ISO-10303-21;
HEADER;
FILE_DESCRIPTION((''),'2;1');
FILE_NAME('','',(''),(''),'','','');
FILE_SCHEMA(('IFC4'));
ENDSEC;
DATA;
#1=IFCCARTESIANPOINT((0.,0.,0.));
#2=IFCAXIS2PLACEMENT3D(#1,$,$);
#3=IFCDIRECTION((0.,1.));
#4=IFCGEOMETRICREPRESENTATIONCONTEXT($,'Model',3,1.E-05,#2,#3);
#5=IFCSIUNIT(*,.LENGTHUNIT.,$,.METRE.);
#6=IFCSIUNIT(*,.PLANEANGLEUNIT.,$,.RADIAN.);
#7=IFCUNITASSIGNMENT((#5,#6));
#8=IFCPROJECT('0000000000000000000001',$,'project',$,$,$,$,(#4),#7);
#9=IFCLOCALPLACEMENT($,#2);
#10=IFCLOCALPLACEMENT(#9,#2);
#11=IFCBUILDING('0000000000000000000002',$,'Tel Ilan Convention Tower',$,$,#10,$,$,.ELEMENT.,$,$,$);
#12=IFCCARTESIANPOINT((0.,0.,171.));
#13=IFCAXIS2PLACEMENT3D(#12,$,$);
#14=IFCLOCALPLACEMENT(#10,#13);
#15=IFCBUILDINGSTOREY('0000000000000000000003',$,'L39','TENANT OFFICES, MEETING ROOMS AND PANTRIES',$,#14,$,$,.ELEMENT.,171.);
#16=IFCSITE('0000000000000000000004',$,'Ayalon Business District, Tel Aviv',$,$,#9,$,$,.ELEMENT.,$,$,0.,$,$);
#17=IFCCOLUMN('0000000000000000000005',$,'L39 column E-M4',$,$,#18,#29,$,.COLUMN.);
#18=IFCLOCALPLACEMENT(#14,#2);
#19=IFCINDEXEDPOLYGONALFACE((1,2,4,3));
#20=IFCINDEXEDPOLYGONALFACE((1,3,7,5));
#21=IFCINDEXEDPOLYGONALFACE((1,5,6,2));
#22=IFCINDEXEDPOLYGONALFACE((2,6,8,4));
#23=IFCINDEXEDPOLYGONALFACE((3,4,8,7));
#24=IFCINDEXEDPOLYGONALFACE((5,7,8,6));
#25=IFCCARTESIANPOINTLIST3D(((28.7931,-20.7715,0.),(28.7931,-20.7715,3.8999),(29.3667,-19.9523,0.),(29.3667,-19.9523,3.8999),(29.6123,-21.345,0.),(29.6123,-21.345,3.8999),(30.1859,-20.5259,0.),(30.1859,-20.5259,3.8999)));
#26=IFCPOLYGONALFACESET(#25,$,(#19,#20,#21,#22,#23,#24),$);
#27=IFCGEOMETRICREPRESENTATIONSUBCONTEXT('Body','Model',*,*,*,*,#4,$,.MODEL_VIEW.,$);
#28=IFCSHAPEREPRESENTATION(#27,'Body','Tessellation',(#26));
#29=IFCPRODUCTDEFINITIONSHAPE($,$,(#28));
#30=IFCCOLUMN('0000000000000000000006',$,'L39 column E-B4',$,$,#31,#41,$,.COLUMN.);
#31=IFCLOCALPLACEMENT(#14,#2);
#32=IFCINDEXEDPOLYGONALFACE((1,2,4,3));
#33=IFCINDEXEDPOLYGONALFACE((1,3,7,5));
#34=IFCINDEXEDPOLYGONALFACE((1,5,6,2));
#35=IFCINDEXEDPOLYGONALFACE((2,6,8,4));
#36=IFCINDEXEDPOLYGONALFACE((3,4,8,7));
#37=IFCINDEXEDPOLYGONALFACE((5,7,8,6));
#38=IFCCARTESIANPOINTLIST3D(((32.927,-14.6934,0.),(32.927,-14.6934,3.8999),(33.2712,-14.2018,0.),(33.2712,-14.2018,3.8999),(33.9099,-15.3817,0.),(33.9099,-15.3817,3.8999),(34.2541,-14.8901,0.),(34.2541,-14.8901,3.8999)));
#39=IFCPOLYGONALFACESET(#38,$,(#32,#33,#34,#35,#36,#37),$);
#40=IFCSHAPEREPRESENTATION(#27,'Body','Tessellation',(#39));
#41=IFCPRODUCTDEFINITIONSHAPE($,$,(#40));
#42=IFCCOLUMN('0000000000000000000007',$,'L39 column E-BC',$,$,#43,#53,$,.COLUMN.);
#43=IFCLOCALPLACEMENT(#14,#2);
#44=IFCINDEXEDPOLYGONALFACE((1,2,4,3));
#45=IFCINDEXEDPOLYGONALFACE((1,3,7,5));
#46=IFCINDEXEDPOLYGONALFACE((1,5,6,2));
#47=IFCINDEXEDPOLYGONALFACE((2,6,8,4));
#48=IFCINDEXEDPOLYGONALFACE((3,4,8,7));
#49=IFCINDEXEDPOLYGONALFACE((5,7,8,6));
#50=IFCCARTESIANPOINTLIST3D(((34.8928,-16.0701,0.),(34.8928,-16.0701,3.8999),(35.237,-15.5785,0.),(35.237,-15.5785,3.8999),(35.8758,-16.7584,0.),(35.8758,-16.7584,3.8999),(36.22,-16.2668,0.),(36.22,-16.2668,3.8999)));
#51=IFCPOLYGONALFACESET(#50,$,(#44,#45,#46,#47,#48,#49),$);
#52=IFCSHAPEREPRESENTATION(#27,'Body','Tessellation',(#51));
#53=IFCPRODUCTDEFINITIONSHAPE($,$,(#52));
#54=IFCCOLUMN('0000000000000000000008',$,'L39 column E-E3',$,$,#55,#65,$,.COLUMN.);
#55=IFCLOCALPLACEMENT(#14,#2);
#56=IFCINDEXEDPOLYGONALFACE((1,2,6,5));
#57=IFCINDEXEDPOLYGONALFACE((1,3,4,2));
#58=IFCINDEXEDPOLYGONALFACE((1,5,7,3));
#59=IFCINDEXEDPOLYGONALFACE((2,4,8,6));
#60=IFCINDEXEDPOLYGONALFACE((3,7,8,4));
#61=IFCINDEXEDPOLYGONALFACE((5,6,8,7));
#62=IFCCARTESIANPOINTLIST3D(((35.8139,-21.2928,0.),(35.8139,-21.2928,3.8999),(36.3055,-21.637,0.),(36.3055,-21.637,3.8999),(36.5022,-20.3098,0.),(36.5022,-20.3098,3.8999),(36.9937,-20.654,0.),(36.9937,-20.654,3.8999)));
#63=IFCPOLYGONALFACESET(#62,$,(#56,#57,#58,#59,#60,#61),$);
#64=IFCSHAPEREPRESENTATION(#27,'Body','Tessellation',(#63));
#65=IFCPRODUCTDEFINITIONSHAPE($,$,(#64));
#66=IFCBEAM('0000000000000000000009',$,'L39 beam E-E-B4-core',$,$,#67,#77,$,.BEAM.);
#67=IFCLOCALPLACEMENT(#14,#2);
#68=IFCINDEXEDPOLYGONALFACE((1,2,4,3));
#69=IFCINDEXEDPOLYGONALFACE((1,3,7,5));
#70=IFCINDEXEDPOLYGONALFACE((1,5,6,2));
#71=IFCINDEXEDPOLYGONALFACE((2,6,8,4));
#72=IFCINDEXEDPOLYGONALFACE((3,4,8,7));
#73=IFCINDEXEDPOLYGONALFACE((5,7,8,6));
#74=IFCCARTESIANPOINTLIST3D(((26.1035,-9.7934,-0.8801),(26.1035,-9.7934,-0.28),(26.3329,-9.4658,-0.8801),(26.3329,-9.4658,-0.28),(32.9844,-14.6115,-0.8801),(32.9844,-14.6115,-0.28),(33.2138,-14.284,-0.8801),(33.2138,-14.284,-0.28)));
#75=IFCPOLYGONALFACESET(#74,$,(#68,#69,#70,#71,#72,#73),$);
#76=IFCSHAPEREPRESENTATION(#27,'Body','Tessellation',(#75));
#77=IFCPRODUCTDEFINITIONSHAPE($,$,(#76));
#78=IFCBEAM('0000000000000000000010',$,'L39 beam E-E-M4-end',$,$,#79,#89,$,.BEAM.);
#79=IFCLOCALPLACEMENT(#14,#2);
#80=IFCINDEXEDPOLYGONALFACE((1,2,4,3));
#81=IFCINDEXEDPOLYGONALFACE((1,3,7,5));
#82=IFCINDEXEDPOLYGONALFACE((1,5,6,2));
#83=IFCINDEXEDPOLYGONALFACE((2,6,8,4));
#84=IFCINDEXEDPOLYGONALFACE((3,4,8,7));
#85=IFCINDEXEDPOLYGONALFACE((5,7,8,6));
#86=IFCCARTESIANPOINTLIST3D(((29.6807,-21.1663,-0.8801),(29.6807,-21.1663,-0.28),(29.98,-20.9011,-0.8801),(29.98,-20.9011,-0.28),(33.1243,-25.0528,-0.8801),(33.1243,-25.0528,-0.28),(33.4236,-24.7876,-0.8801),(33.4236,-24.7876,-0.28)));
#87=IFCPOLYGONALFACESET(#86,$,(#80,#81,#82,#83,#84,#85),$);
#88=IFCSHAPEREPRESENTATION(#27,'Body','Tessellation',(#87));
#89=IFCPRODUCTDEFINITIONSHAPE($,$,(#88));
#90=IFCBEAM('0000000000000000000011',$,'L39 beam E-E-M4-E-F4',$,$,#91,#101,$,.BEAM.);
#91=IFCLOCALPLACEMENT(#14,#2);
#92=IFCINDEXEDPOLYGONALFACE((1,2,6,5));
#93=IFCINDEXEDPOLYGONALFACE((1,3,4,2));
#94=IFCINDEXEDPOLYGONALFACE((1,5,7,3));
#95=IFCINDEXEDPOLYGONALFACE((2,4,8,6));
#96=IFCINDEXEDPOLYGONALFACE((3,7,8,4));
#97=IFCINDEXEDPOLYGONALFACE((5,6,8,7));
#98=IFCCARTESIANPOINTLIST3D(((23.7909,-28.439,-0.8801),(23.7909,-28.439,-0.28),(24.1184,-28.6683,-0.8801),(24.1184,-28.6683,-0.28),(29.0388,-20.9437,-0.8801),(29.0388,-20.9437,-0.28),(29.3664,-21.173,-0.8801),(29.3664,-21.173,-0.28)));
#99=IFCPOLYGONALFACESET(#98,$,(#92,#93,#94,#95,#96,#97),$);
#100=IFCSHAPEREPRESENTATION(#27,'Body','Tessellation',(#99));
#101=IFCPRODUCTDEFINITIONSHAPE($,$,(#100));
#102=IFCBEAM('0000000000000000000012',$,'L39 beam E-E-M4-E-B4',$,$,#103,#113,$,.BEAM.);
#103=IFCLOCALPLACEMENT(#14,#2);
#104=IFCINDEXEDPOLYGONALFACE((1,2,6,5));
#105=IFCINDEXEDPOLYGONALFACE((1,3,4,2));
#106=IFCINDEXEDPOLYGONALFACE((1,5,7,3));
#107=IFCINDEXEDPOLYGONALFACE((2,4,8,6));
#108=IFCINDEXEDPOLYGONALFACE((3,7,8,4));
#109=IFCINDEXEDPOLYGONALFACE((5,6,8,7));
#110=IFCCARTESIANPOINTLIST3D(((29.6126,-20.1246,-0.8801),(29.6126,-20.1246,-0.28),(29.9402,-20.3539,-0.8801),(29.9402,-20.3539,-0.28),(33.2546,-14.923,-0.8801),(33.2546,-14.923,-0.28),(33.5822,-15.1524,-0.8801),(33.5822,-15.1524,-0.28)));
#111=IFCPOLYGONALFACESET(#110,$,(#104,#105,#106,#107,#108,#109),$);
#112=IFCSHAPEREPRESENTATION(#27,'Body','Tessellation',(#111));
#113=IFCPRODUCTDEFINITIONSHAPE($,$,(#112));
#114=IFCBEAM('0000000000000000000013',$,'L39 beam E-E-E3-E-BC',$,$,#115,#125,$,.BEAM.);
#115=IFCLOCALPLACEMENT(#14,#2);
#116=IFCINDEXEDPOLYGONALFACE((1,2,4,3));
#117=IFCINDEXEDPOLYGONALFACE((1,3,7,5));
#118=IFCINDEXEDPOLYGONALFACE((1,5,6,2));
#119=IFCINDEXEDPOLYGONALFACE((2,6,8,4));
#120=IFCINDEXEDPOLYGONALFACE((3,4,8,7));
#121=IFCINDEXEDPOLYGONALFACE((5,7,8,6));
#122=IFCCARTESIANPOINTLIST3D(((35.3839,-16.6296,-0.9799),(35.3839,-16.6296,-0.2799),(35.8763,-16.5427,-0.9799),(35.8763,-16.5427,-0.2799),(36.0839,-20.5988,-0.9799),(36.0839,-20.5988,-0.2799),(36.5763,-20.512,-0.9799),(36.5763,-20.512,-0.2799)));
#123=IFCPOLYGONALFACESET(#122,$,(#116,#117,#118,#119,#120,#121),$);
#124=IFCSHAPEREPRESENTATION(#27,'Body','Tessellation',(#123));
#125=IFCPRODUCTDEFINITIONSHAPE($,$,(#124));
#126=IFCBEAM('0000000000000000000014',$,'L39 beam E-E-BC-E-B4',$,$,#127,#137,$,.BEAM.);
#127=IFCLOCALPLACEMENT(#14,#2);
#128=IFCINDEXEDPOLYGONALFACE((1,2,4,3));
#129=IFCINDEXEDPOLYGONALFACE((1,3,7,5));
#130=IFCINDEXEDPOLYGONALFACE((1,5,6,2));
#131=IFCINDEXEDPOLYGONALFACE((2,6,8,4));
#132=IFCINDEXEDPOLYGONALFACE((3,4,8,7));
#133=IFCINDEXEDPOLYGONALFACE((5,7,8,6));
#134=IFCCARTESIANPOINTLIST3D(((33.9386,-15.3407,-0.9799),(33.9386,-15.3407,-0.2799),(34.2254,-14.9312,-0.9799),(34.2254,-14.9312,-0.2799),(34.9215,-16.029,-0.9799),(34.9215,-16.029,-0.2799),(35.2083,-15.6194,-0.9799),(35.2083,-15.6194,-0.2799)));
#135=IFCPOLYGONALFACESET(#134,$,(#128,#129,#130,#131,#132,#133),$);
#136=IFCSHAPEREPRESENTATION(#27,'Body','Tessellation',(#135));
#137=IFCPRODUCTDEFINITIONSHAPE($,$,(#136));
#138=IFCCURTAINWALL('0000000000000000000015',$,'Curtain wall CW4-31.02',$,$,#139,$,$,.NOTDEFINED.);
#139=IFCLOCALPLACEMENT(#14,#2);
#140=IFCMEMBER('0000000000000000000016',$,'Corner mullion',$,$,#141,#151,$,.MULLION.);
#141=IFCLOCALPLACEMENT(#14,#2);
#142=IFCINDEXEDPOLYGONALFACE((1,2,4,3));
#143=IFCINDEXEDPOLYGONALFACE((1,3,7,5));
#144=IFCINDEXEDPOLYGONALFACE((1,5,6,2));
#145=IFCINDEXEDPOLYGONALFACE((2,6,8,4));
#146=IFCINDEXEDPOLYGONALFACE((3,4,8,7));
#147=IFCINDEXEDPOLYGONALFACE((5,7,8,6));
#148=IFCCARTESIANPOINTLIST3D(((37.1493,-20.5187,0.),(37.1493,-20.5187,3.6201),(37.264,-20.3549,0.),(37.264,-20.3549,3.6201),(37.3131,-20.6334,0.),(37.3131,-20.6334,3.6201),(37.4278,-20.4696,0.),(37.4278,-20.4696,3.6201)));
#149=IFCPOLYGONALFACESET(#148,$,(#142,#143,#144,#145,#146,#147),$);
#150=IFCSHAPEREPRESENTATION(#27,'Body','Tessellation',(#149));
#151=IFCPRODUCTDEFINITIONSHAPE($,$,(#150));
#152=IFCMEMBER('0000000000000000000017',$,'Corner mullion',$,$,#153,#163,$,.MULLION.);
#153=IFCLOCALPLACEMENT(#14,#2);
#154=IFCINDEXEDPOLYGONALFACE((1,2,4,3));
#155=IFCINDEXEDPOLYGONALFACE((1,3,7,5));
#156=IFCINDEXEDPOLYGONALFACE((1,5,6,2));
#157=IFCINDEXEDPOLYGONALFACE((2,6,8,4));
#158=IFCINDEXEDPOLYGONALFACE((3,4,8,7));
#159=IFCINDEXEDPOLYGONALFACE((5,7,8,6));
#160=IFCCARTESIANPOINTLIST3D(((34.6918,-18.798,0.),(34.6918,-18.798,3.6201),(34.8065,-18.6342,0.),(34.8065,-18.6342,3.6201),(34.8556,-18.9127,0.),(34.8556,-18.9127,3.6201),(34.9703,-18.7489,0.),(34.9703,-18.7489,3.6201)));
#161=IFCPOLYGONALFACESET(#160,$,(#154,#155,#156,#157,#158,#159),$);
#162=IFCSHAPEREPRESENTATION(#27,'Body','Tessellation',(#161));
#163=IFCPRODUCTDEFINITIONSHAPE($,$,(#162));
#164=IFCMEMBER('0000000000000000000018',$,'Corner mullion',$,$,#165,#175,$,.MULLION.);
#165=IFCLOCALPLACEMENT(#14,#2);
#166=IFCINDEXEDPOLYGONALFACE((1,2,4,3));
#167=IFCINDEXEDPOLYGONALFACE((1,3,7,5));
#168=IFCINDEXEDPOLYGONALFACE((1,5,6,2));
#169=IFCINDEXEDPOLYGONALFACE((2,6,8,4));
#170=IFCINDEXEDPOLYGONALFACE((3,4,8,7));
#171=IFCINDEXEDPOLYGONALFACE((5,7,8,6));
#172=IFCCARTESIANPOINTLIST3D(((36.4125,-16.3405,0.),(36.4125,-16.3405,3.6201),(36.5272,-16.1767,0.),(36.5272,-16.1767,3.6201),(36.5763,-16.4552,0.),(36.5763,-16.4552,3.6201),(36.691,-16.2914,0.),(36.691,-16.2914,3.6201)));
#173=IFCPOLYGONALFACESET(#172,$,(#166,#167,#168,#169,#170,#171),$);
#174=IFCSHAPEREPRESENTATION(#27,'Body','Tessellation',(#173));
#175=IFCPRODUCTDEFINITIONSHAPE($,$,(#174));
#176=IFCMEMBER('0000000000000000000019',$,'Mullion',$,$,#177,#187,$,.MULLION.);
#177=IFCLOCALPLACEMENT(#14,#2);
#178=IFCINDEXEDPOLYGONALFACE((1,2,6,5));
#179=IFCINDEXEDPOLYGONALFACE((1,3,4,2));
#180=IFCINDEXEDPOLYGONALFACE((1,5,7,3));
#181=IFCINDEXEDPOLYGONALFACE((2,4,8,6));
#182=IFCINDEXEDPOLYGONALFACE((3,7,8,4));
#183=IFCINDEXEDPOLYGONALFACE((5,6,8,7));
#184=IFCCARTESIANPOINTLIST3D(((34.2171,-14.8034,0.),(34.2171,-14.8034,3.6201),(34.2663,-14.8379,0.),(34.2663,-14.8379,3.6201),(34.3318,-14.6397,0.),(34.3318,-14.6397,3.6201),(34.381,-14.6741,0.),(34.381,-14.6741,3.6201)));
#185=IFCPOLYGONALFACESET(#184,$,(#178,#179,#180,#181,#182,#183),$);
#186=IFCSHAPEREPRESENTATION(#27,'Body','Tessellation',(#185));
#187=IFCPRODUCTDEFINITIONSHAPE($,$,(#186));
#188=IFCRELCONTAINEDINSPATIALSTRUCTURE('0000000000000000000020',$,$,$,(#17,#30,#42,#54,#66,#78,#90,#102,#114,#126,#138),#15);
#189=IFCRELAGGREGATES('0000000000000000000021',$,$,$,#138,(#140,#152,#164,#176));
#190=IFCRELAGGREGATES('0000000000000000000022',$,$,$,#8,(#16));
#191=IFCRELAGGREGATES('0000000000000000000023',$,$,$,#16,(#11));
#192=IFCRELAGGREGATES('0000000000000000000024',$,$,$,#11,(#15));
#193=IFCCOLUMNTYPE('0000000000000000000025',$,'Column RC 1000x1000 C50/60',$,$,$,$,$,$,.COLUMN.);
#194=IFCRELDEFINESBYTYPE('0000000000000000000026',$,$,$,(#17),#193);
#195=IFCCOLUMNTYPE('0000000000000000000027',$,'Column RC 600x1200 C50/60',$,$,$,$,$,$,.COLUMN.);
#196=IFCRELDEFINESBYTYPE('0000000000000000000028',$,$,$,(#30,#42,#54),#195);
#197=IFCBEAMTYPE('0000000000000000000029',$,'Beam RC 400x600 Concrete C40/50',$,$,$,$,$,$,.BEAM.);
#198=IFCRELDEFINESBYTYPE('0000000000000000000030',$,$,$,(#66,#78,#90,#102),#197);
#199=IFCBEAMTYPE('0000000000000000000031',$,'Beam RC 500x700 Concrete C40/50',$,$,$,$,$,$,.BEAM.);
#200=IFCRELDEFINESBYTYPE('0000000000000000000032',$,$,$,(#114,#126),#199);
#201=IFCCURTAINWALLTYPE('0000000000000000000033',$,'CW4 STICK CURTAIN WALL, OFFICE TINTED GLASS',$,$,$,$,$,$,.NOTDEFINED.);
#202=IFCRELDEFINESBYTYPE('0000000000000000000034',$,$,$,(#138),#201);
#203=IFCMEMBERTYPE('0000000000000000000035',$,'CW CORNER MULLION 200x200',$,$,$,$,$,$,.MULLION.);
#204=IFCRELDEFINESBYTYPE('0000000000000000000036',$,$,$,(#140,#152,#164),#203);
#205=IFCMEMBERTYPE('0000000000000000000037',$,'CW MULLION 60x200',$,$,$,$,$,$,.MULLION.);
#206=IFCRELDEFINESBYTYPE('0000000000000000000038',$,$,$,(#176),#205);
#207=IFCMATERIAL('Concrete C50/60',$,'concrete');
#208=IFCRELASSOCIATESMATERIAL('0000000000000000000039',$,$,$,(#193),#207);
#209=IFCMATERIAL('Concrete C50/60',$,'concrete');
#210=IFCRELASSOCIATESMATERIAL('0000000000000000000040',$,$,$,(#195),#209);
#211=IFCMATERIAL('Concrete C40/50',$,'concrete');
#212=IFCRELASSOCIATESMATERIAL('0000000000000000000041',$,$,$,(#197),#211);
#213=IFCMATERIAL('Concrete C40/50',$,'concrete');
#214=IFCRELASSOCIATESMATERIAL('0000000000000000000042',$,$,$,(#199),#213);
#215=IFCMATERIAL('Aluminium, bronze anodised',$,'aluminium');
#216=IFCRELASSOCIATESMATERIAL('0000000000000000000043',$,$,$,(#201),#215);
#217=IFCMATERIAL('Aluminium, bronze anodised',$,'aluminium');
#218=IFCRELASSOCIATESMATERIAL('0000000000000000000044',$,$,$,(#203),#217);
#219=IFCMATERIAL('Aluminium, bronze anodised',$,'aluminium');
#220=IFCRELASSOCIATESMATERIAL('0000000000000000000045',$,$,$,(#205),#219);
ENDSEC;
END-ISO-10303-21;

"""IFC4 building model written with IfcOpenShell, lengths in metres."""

from ifc_helpers import new_model, si_unit, direction, frame, origin, origin_2d, place, context, subcontext, project, spatial, rectangle, extrude, material, material_profile, profile_set, type_object, element, aggregate, save


model = new_model("IFC4")

# Units and contexts
model_context = context("Model", 3, precision=1e-05, world=origin(), true_north=direction((0.0, 1.0)))
body_context = subcontext(model_context, "Body", "Model", "MODEL_VIEW")
ifc_project = project(units=[si_unit("LENGTHUNIT", "METRE"), si_unit("PLANEANGLEUNIT", "RADIAN")], contexts=[model_context])

# Site, building, storey
site_placement = place(None, origin())
site = spatial("IfcSite", under=ifc_project, at=site_placement, Name="Ayalon Business District, Tel Aviv", CompositionType="ELEMENT", RefElevation=0.0)
building_placement = place(site_placement, origin())
building = spatial("IfcBuilding", under=site, at=building_placement, Name="Tel Ilan Convention Tower", CompositionType="ELEMENT")
storey_placement = place(building_placement, frame((0.0, 0.0, 171.0)))
storey = spatial("IfcBuildingStorey", under=building, at=storey_placement, Name="L39", Description="TENANT OFFICES, MEETING ROOMS AND PANTRIES", CompositionType="ELEMENT", Elevation=171.0)

# Columns
ifc_material_1 = material(Name="Concrete C50/60", Category="concrete")
ifc_material_profile_1 = material_profile(ifc_material_1, rectangle(XDim=1.0, YDim=1.0, at=origin_2d()), Name="RC 1000x1000")
ifc_profile_set_1 = profile_set([ifc_material_profile_1], Name="Concrete C50/60")
column_type_1 = type_object("IfcColumnType", Name="Column RC 1000x1000 C50/60", PredefinedType="COLUMN", material=ifc_profile_set_1)
column_placement = place(storey_placement, frame((29.4895, -20.6487, 0.0), z_axis=(0.0, 0.0, 1.0), x_axis=(0.819152, -0.573576, 0.0)))
element("IfcColumn", 1, at=column_placement, inside=storey, type_object=column_type_1, Name="L39 column E-M4", PredefinedType="COLUMN", context=body_context, shape_type="SweptSolid", body=[
    extrude(rectangle(XDim=1.0, YDim=1.0, at=origin_2d()), origin(), (0.0, 0.0, 1.0), 3.8999),
])
ifc_material_2 = material(Name="Concrete C50/60", Category="concrete")
ifc_material_profile_2 = material_profile(ifc_material_2, rectangle(XDim=1.2, YDim=0.6001, at=origin_2d()), Name="RC 600x1200")
ifc_profile_set_2 = profile_set([ifc_material_profile_2], Name="Concrete C50/60")
column_type_2 = type_object("IfcColumnType", Name="Column RC 600x1200 C50/60", PredefinedType="COLUMN", material=ifc_profile_set_2)
for number, where, z_axis, x_axis, name in (
    (2, (33.5906, -14.7917, 0.0), (0.0, 0.0, 1.0), (0.819152, -0.573576, 0.0), "L39 column E-B4"),
    (3, (35.5564, -16.1685, 0.0), (0.0, 0.0, 1.0), (0.819152, -0.573576, 0.0), "L39 column E-BC"),
    (4, (36.4038, -20.9734, 0.0), (0.0, 0.0, 1.0), (0.573576, 0.819152, 0.0), "L39 column E-E3"),
):
    element("IfcColumn", number, at=place(storey_placement, frame(where, z_axis=z_axis, x_axis=x_axis)), inside=storey, type_object=column_type_2, Name=name, PredefinedType="COLUMN", context=body_context, shape_type="SweptSolid", body=[
        extrude(rectangle(XDim=1.2, YDim=0.6001, at=origin_2d()), origin(), (0.0, 0.0, 1.0), 3.8999),
    ])

# Beams
ifc_material_3 = material(Name="Concrete C40/50", Category="concrete")
ifc_material_profile_3 = material_profile(ifc_material_3, rectangle(XDim=0.3999, YDim=0.6001, at=origin_2d()), Name="RC 400x600")
ifc_profile_set_3 = profile_set([ifc_material_profile_3], Name="Concrete C40/50")
beam_type_1 = type_object("IfcBeamType", Name="Beam RC 400x600 Concrete C40/50", PredefinedType="BEAM", material=ifc_profile_set_3)
beam_1_placement = place(storey_placement, frame((33.0991, -14.4478, -0.5801), z_axis=(-0.819147, 0.573583, 0.0), x_axis=(-0.573583, -0.819147, 0.0)))
element("IfcBeam", 5, at=beam_1_placement, inside=storey, type_object=beam_type_1, Name="L39 beam E-E-B4-core", PredefinedType="BEAM", context=body_context, shape_type="SweptSolid", body=[
    extrude(rectangle(XDim=0.3999, YDim=0.6001, at=origin_2d()), origin(), (0.0, 0.0, 1.0), 8.4001),
])
beam_2_placement = place(storey_placement, frame((29.8303, -21.0337, -0.5801), z_axis=(0.663175, -0.748464, 0.0), x_axis=(0.748464, 0.663175, 0.0)))
element("IfcBeam", 6, at=beam_2_placement, inside=storey, type_object=beam_type_1, Name="L39 beam E-E-M4-end", PredefinedType="BEAM", context=body_context, shape_type="SweptSolid", body=[
    extrude(rectangle(XDim=0.3999, YDim=0.6001, at=origin_2d()), origin(), (0.0, 0.0, 1.0), 5.1926),
])
beam_3_placement = place(storey_placement, frame((29.2026, -21.0583, -0.5801), z_axis=(-0.573557, -0.819165, 0.0), x_axis=(0.819165, -0.573557, 0.0)))
element("IfcBeam", 7, at=beam_3_placement, inside=storey, type_object=beam_type_1, Name="L39 beam E-E-M4-E-F4", PredefinedType="BEAM", context=body_context, shape_type="SweptSolid", body=[
    extrude(rectangle(XDim=0.3999, YDim=0.6001, at=origin_2d()), origin(), (0.0, 0.0, 1.0), 9.1499),
])
beam_4_placement = place(storey_placement, frame((29.7764, -20.2393, -0.5801), z_axis=(0.57356, 0.819163, 0.0), x_axis=(-0.819163, 0.57356, 0.0)))
element("IfcBeam", 8, at=beam_4_placement, inside=storey, type_object=beam_type_1, Name="L39 beam E-E-M4-E-B4", PredefinedType="BEAM", context=body_context, shape_type="SweptSolid", body=[
    extrude(rectangle(XDim=0.3999, YDim=0.6001, at=origin_2d()), origin(), (0.0, 0.0, 1.0), 6.3499),
])
ifc_material_4 = material(Name="Concrete C40/50", Category="concrete")
ifc_material_profile_4 = material_profile(ifc_material_4, rectangle(XDim=0.5, YDim=0.7, at=origin_2d()), Name="RC 500x700")
ifc_profile_set_4 = profile_set([ifc_material_profile_4], Name="Concrete C40/50")
beam_type_2 = type_object("IfcBeamType", Name="Beam RC 500x700 Concrete C40/50", PredefinedType="BEAM", material=ifc_profile_set_4)
beam_5_placement = place(storey_placement, frame((36.3301, -20.5554, -0.6299), z_axis=(-0.173664, 0.984805, 0.0), x_axis=(-0.984805, -0.173664, 0.0)))
element("IfcBeam", 9, at=beam_5_placement, inside=storey, type_object=beam_type_2, Name="L39 beam E-E-E3-E-BC", PredefinedType="BEAM", context=body_context, shape_type="SweptSolid", body=[
    extrude(rectangle(XDim=0.5, YDim=0.7, at=origin_2d()), origin(), (0.0, 0.0, 1.0), 4.0305),
])
beam_6_placement = place(storey_placement, frame((35.0649, -15.8242, -0.6299), z_axis=(-0.819155, 0.573572, 0.0), x_axis=(-0.573572, -0.819155, 0.0)))
element("IfcBeam", 10, at=beam_6_placement, inside=storey, type_object=beam_type_2, Name="L39 beam E-E-BC-E-B4", PredefinedType="BEAM", context=body_context, shape_type="SweptSolid", body=[
    extrude(rectangle(XDim=0.5, YDim=0.7, at=origin_2d()), origin(), (0.0, 0.0, 1.0), 1.2),
])

# Curtain wall, members
ifc_material_5 = material(Name="Aluminium, bronze anodised", Category="aluminium")
curtain_wall_type = type_object("IfcCurtainWallType", Name="CW4 STICK CURTAIN WALL, OFFICE TINTED GLASS", PredefinedType="NOTDEFINED", material=ifc_material_5)
curtain_wall_placement = place(storey_placement, origin())
curtain_wall = element("IfcCurtainWall", 11, at=curtain_wall_placement, inside=storey, type_object=curtain_wall_type, Name="Curtain wall CW4-31.02", PredefinedType="NOTDEFINED")
ifc_material_6 = material(Name="Aluminium, bronze anodised", Category="aluminium")
ifc_material_profile_5 = material_profile(ifc_material_6, rectangle(XDim=0.2, YDim=0.2, at=origin_2d()), Name="CW CORNER MULLION 200x200")
ifc_profile_set_5 = profile_set([ifc_material_profile_5], Name="Aluminium, bronze anodised")
member_type_1 = type_object("IfcMemberType", Name="CW CORNER MULLION 200x200", PredefinedType="MULLION", material=ifc_profile_set_5)
member_1_placement = place(storey_placement, frame((37.2886, -20.4941, 0.0), z_axis=(0.0, 0.0, 1.0), x_axis=(0.573576, 0.819152, 0.0)))
member_1 = element("IfcMember", 12, at=member_1_placement, type_object=member_type_1, Name="Corner mullion", PredefinedType="MULLION", context=body_context, shape_type="SweptSolid", body=[
    extrude(rectangle(XDim=0.2, YDim=0.2, at=origin_2d()), origin(), (0.0, 0.0, 1.0), 3.6201),
])
member_2_placement = place(storey_placement, frame((34.8311, -18.7734, 0.0), z_axis=(0.0, 0.0, 1.0), x_axis=(-0.819152, 0.573576, 0.0)))
member_2 = element("IfcMember", 13, at=member_2_placement, type_object=member_type_1, Name="Corner mullion", PredefinedType="MULLION", context=body_context, shape_type="SweptSolid", body=[
    extrude(rectangle(XDim=0.2, YDim=0.2, at=origin_2d()), origin(), (0.0, 0.0, 1.0), 3.6201),
])
member_3_placement = place(storey_placement, frame((36.5518, -16.3159, 0.0), z_axis=(0.0, 0.0, 1.0), x_axis=(0.573576, 0.819152, 0.0)))
member_3 = element("IfcMember", 14, at=member_3_placement, type_object=member_type_1, Name="Corner mullion", PredefinedType="MULLION", context=body_context, shape_type="SweptSolid", body=[
    extrude(rectangle(XDim=0.2, YDim=0.2, at=origin_2d()), origin(), (0.0, 0.0, 1.0), 3.6201),
])
ifc_material_7 = material(Name="Aluminium, bronze anodised", Category="aluminium")
ifc_material_profile_6 = material_profile(ifc_material_7, rectangle(XDim=0.0601, YDim=0.2, at=origin_2d()), Name="CW MULLION 60x200")
ifc_profile_set_6 = profile_set([ifc_material_profile_6], Name="Aluminium, bronze anodised")
member_type_2 = type_object("IfcMemberType", Name="CW MULLION 60x200", PredefinedType="MULLION", material=ifc_profile_set_6)
member_4_placement = place(storey_placement, frame((34.2991, -14.7388, 0.0), z_axis=(0.0, 0.0, 1.0), x_axis=(-0.819152, 0.573576, 0.0)))
member_4 = element("IfcMember", 15, at=member_4_placement, type_object=member_type_2, Name="Mullion", PredefinedType="MULLION", context=body_context, shape_type="SweptSolid", body=[
    extrude(rectangle(XDim=0.0601, YDim=0.2, at=origin_2d()), origin(), (0.0, 0.0, 1.0), 3.6201),
])
aggregate(curtain_wall, [member_1, member_2, member_3, member_4])

save(model, "model.ifc")
